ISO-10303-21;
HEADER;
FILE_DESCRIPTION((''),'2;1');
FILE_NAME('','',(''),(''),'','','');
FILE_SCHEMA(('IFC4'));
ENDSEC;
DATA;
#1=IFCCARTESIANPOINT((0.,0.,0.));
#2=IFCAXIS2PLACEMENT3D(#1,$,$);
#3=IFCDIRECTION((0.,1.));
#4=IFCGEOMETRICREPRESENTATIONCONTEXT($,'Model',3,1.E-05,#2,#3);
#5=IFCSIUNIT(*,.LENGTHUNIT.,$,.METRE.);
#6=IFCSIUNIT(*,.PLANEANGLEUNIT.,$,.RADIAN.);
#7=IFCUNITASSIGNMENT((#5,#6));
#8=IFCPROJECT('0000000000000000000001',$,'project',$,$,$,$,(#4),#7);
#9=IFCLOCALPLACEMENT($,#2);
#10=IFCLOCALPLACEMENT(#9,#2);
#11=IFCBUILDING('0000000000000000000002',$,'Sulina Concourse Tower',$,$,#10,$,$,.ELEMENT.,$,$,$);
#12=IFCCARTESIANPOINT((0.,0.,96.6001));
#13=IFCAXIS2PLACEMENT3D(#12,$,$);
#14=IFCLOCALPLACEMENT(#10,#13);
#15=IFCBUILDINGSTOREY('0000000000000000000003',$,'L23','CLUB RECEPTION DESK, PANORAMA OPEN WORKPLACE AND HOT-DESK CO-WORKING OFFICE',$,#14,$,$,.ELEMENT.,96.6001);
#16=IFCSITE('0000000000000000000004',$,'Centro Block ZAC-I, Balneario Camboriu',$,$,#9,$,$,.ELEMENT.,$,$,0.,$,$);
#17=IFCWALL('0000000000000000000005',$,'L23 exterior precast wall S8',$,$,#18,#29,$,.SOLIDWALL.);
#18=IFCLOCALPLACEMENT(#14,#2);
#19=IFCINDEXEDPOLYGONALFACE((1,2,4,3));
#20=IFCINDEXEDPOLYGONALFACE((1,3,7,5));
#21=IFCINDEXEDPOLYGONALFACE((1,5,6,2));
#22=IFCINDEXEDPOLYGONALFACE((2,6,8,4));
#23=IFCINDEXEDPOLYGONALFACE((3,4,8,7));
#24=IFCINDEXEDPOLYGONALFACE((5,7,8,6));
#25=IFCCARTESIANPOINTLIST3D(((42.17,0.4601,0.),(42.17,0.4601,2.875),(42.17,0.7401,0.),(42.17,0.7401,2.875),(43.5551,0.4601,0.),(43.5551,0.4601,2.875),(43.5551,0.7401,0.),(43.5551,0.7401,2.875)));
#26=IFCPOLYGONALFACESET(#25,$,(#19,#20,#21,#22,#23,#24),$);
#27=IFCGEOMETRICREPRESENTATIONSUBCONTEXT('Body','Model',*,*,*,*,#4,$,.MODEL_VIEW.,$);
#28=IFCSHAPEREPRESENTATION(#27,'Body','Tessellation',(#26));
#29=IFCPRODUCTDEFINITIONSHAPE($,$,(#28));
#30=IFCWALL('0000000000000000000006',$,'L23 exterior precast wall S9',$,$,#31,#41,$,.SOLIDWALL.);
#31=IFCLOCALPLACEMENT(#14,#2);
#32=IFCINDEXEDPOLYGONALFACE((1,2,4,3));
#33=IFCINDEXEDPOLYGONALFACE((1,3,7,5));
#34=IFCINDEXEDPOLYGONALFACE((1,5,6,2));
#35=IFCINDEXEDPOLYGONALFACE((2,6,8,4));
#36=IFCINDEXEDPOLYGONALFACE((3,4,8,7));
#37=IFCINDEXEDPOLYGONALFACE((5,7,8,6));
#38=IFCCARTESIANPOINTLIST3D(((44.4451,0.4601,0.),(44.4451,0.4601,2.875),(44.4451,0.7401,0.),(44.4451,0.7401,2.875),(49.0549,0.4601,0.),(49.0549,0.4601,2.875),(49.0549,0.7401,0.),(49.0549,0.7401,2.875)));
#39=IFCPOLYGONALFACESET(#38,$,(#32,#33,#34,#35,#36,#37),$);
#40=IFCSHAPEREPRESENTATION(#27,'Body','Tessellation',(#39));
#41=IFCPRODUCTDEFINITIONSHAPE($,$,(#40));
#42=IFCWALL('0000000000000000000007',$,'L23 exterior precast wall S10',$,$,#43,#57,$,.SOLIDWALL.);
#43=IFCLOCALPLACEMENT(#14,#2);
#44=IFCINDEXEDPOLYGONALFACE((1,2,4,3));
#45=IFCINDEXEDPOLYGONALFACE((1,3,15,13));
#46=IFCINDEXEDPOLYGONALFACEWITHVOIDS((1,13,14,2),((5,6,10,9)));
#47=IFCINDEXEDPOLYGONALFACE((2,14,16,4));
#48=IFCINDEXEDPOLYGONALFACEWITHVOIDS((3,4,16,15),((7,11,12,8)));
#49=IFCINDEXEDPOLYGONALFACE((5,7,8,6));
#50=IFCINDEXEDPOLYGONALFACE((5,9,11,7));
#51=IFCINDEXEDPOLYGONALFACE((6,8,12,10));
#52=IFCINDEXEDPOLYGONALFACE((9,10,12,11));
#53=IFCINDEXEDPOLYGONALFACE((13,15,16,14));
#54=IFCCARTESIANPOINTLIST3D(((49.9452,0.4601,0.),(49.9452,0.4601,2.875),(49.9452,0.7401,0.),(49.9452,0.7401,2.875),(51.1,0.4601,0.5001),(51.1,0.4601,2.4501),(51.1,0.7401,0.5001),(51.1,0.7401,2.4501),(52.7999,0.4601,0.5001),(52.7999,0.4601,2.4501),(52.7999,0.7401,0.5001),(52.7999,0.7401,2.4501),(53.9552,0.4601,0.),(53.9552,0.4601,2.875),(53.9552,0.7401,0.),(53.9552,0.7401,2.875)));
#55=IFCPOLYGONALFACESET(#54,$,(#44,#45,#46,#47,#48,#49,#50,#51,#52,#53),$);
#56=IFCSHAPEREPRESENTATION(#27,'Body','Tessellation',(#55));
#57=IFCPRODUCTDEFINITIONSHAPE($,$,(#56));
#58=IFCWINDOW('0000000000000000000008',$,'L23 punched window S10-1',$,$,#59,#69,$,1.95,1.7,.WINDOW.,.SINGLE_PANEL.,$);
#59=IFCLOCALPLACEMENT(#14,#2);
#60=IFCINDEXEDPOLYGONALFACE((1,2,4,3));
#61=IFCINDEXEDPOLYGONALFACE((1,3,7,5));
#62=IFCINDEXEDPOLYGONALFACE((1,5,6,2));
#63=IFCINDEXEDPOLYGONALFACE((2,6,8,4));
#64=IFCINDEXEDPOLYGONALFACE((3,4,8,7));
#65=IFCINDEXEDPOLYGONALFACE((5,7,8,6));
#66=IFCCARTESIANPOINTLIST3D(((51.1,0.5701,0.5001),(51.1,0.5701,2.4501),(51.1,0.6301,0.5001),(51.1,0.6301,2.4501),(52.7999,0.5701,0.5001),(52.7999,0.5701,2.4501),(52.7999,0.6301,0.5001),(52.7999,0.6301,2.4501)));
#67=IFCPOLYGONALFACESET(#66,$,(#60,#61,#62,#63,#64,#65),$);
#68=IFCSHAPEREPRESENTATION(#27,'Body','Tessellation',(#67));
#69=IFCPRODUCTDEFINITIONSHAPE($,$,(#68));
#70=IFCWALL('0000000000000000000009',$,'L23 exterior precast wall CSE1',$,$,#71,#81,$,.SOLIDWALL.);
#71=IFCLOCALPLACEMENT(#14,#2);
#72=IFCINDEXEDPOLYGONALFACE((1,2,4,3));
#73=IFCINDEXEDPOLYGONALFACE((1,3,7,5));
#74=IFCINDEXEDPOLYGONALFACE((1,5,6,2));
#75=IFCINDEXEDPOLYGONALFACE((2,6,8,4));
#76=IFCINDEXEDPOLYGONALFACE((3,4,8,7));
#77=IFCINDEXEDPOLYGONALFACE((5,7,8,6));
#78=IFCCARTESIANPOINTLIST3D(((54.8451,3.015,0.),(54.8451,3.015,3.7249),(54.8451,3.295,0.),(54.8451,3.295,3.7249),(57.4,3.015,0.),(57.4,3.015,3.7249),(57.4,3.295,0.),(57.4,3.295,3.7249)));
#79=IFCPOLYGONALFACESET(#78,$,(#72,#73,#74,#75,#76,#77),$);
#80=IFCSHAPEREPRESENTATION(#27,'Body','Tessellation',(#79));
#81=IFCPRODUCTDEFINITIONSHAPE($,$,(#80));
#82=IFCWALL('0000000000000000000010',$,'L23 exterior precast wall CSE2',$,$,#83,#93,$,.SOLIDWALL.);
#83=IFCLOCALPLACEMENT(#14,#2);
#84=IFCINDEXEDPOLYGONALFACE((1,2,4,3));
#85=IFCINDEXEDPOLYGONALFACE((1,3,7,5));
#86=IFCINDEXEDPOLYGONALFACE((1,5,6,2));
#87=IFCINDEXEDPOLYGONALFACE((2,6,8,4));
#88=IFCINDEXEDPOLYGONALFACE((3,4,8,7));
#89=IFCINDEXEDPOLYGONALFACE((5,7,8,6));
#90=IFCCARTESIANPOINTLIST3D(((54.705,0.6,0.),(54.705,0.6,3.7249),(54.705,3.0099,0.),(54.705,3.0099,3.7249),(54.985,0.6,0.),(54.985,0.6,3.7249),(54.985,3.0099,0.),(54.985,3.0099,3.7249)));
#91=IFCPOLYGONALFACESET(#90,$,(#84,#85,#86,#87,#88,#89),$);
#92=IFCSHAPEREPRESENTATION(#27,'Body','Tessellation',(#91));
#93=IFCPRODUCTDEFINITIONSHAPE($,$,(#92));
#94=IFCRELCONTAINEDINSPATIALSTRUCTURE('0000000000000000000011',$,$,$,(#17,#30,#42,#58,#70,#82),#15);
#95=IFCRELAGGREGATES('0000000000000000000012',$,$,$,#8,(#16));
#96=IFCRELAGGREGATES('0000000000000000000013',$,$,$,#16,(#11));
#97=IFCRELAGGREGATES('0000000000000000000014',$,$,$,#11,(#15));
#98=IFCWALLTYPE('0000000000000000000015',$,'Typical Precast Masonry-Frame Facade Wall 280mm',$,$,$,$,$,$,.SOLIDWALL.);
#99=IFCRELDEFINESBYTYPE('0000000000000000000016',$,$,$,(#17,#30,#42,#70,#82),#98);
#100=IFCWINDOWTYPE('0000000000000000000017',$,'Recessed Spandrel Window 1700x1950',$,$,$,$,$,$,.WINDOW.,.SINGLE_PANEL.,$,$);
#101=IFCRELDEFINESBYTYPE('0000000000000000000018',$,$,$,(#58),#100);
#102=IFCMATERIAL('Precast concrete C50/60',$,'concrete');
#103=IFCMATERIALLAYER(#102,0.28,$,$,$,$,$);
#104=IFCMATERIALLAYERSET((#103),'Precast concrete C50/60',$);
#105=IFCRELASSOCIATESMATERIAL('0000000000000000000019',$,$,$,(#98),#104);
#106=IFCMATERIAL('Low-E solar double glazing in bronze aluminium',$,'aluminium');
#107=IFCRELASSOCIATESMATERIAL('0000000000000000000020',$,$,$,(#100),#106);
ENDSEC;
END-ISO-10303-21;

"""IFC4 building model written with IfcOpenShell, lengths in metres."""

from ifc_helpers import new_model, si_unit, direction, frame, frame_2d, origin, place, context, subcontext, project, spatial, rectangle, extrude, material, layer, layer_set, type_object, element, fill, save


model = new_model("IFC4")

# Units and contexts
model_context = context("Model", 3, precision=1e-05, world=origin(), true_north=direction((0.0, 1.0)))
body_context = subcontext(model_context, "Body", "Model", "MODEL_VIEW")
ifc_project = project(units=[si_unit("LENGTHUNIT", "METRE"), si_unit("PLANEANGLEUNIT", "RADIAN")], contexts=[model_context])

# Site, building, storey
site_placement = place(None, origin())
site = spatial("IfcSite", under=ifc_project, at=site_placement, Name="Centro Block ZAC-I, Balneario Camboriu", CompositionType="ELEMENT", RefElevation=0.0)
building_placement = place(site_placement, origin())
building = spatial("IfcBuilding", under=site, at=building_placement, Name="Sulina Concourse Tower", CompositionType="ELEMENT")
storey_placement = place(building_placement, frame((0.0, 0.0, 96.6001)))
storey = spatial("IfcBuildingStorey", under=building, at=storey_placement, Name="L23", Description="CLUB RECEPTION DESK, PANORAMA OPEN WORKPLACE AND HOT-DESK CO-WORKING OFFICE", CompositionType="ELEMENT", Elevation=96.6001)

# Walls
ifc_material_1 = material(Name="Precast concrete C50/60", Category="concrete")
ifc_layer_1 = layer(ifc_material_1, 0.28)
ifc_layer_set_1 = layer_set([ifc_layer_1], Name="Precast concrete C50/60")
wall_type_1 = type_object("IfcWallType", Name="Typical Precast Masonry-Frame Facade Wall 280mm", PredefinedType="SOLIDWALL", material=ifc_layer_set_1)
wall_1_placement = place(storey_placement, frame((43.5549, 0.6001, 0.0), z_axis=(0.0, 0.0, 1.0), x_axis=(-1.0, 0.0, 0.0)))
element("IfcWall", 1, at=wall_1_placement, inside=storey, type_object=wall_type_1, Name="L23 exterior precast wall S8", PredefinedType="SOLIDWALL", context=body_context, shape_type="SweptSolid", body=[
    extrude(rectangle(XDim=1.385, YDim=0.28, at=frame_2d((0.6924, 0.0))), origin(), (0.0, 0.0, 1.0), 2.875),
])
wall_2_placement = place(storey_placement, frame((49.0549, 0.6001, 0.0), z_axis=(0.0, 0.0, 1.0), x_axis=(-1.0, 0.0, 0.0)))
element("IfcWall", 2, at=wall_2_placement, inside=storey, type_object=wall_type_1, Name="L23 exterior precast wall S9", PredefinedType="SOLIDWALL", context=body_context, shape_type="SweptSolid", body=[
    extrude(rectangle(XDim=4.6099, YDim=0.28, at=frame_2d((2.3049, 0.0))), origin(), (0.0, 0.0, 1.0), 2.875),
])

# Wall, opening, window
wall_3_placement = place(storey_placement, frame((53.9551, 0.6001, 0.0), z_axis=(0.0, 0.0, 1.0), x_axis=(-1.0, 0.0, 0.0)))
wall_3 = element("IfcWall", 3, at=wall_3_placement, inside=storey, type_object=wall_type_1, Name="L23 exterior precast wall S10", PredefinedType="SOLIDWALL", context=body_context, shape_type="SweptSolid", body=[
    extrude(rectangle(XDim=4.01, YDim=0.28, at=frame_2d((2.0049, 0.0))), origin(), (0.0, 0.0, 1.0), 2.875),
])
opening_placement = place(wall_3_placement, frame((1.155, 0.0, 0.5)))
opening = element("IfcOpeningElement", 4, at=opening_placement, cuts=wall_3, PredefinedType="OPENING", context=body_context, shape_type="SweptSolid", body=[
    extrude(rectangle(XDim=1.7, YDim=1.95, at=frame_2d((0.8501, 0.9751))), frame((0.0, 0.1499, 0.0), z_axis=(0.0, -1.0, 0.0), x_axis=(1.0, 0.0, 0.0)), (0.0, 0.0, 1.0), 0.3),
])
ifc_material_2 = material(Name="Low-E solar double glazing in bronze aluminium", Category="aluminium")
window_type = type_object("IfcWindowType", Name="Recessed Spandrel Window 1700x1950", PartitioningType="SINGLE_PANEL", PredefinedType="WINDOW", material=ifc_material_2)
window_placement = place(opening_placement, origin())
window = element("IfcWindow", 5, at=window_placement, inside=storey, type_object=window_type, Name="L23 punched window S10-1", OverallHeight=1.95, OverallWidth=1.7, PartitioningType="SINGLE_PANEL", PredefinedType="WINDOW", context=body_context, shape_type="SweptSolid", body=[
    extrude(rectangle(XDim=1.7, YDim=1.95, at=frame_2d((0.8501, 0.9751))), frame((0.0, 0.03, 0.0), z_axis=(0.0, -1.0, 0.0), x_axis=(1.0, 0.0, 0.0)), (0.0, 0.0, 1.0), 0.0601),
])
fill(opening, window)

# Walls
wall_4_placement = place(storey_placement, frame((57.3999, 3.155, 0.0), z_axis=(0.0, 0.0, 1.0), x_axis=(-1.0, 0.0, 0.0)))
element("IfcWall", 6, at=wall_4_placement, inside=storey, type_object=wall_type_1, Name="L23 exterior precast wall CSE1", PredefinedType="SOLIDWALL", context=body_context, shape_type="SweptSolid", body=[
    extrude(rectangle(XDim=2.5549, YDim=0.28, at=frame_2d((1.2773, 0.0))), origin(), (0.0, 0.0, 1.0), 3.7249),
])
wall_5_placement = place(storey_placement, frame((54.845, 3.01, 0.0), z_axis=(0.0, 0.0, 1.0), x_axis=(0.0, -1.0, 0.0)))
element("IfcWall", 7, at=wall_5_placement, inside=storey, type_object=wall_type_1, Name="L23 exterior precast wall CSE2", PredefinedType="SOLIDWALL", context=body_context, shape_type="SweptSolid", body=[
    extrude(rectangle(XDim=2.4099, YDim=0.28, at=frame_2d((1.2051, 0.0))), origin(), (0.0, 0.0, 1.0), 3.7249),
])

save(model, "model.ifc")
